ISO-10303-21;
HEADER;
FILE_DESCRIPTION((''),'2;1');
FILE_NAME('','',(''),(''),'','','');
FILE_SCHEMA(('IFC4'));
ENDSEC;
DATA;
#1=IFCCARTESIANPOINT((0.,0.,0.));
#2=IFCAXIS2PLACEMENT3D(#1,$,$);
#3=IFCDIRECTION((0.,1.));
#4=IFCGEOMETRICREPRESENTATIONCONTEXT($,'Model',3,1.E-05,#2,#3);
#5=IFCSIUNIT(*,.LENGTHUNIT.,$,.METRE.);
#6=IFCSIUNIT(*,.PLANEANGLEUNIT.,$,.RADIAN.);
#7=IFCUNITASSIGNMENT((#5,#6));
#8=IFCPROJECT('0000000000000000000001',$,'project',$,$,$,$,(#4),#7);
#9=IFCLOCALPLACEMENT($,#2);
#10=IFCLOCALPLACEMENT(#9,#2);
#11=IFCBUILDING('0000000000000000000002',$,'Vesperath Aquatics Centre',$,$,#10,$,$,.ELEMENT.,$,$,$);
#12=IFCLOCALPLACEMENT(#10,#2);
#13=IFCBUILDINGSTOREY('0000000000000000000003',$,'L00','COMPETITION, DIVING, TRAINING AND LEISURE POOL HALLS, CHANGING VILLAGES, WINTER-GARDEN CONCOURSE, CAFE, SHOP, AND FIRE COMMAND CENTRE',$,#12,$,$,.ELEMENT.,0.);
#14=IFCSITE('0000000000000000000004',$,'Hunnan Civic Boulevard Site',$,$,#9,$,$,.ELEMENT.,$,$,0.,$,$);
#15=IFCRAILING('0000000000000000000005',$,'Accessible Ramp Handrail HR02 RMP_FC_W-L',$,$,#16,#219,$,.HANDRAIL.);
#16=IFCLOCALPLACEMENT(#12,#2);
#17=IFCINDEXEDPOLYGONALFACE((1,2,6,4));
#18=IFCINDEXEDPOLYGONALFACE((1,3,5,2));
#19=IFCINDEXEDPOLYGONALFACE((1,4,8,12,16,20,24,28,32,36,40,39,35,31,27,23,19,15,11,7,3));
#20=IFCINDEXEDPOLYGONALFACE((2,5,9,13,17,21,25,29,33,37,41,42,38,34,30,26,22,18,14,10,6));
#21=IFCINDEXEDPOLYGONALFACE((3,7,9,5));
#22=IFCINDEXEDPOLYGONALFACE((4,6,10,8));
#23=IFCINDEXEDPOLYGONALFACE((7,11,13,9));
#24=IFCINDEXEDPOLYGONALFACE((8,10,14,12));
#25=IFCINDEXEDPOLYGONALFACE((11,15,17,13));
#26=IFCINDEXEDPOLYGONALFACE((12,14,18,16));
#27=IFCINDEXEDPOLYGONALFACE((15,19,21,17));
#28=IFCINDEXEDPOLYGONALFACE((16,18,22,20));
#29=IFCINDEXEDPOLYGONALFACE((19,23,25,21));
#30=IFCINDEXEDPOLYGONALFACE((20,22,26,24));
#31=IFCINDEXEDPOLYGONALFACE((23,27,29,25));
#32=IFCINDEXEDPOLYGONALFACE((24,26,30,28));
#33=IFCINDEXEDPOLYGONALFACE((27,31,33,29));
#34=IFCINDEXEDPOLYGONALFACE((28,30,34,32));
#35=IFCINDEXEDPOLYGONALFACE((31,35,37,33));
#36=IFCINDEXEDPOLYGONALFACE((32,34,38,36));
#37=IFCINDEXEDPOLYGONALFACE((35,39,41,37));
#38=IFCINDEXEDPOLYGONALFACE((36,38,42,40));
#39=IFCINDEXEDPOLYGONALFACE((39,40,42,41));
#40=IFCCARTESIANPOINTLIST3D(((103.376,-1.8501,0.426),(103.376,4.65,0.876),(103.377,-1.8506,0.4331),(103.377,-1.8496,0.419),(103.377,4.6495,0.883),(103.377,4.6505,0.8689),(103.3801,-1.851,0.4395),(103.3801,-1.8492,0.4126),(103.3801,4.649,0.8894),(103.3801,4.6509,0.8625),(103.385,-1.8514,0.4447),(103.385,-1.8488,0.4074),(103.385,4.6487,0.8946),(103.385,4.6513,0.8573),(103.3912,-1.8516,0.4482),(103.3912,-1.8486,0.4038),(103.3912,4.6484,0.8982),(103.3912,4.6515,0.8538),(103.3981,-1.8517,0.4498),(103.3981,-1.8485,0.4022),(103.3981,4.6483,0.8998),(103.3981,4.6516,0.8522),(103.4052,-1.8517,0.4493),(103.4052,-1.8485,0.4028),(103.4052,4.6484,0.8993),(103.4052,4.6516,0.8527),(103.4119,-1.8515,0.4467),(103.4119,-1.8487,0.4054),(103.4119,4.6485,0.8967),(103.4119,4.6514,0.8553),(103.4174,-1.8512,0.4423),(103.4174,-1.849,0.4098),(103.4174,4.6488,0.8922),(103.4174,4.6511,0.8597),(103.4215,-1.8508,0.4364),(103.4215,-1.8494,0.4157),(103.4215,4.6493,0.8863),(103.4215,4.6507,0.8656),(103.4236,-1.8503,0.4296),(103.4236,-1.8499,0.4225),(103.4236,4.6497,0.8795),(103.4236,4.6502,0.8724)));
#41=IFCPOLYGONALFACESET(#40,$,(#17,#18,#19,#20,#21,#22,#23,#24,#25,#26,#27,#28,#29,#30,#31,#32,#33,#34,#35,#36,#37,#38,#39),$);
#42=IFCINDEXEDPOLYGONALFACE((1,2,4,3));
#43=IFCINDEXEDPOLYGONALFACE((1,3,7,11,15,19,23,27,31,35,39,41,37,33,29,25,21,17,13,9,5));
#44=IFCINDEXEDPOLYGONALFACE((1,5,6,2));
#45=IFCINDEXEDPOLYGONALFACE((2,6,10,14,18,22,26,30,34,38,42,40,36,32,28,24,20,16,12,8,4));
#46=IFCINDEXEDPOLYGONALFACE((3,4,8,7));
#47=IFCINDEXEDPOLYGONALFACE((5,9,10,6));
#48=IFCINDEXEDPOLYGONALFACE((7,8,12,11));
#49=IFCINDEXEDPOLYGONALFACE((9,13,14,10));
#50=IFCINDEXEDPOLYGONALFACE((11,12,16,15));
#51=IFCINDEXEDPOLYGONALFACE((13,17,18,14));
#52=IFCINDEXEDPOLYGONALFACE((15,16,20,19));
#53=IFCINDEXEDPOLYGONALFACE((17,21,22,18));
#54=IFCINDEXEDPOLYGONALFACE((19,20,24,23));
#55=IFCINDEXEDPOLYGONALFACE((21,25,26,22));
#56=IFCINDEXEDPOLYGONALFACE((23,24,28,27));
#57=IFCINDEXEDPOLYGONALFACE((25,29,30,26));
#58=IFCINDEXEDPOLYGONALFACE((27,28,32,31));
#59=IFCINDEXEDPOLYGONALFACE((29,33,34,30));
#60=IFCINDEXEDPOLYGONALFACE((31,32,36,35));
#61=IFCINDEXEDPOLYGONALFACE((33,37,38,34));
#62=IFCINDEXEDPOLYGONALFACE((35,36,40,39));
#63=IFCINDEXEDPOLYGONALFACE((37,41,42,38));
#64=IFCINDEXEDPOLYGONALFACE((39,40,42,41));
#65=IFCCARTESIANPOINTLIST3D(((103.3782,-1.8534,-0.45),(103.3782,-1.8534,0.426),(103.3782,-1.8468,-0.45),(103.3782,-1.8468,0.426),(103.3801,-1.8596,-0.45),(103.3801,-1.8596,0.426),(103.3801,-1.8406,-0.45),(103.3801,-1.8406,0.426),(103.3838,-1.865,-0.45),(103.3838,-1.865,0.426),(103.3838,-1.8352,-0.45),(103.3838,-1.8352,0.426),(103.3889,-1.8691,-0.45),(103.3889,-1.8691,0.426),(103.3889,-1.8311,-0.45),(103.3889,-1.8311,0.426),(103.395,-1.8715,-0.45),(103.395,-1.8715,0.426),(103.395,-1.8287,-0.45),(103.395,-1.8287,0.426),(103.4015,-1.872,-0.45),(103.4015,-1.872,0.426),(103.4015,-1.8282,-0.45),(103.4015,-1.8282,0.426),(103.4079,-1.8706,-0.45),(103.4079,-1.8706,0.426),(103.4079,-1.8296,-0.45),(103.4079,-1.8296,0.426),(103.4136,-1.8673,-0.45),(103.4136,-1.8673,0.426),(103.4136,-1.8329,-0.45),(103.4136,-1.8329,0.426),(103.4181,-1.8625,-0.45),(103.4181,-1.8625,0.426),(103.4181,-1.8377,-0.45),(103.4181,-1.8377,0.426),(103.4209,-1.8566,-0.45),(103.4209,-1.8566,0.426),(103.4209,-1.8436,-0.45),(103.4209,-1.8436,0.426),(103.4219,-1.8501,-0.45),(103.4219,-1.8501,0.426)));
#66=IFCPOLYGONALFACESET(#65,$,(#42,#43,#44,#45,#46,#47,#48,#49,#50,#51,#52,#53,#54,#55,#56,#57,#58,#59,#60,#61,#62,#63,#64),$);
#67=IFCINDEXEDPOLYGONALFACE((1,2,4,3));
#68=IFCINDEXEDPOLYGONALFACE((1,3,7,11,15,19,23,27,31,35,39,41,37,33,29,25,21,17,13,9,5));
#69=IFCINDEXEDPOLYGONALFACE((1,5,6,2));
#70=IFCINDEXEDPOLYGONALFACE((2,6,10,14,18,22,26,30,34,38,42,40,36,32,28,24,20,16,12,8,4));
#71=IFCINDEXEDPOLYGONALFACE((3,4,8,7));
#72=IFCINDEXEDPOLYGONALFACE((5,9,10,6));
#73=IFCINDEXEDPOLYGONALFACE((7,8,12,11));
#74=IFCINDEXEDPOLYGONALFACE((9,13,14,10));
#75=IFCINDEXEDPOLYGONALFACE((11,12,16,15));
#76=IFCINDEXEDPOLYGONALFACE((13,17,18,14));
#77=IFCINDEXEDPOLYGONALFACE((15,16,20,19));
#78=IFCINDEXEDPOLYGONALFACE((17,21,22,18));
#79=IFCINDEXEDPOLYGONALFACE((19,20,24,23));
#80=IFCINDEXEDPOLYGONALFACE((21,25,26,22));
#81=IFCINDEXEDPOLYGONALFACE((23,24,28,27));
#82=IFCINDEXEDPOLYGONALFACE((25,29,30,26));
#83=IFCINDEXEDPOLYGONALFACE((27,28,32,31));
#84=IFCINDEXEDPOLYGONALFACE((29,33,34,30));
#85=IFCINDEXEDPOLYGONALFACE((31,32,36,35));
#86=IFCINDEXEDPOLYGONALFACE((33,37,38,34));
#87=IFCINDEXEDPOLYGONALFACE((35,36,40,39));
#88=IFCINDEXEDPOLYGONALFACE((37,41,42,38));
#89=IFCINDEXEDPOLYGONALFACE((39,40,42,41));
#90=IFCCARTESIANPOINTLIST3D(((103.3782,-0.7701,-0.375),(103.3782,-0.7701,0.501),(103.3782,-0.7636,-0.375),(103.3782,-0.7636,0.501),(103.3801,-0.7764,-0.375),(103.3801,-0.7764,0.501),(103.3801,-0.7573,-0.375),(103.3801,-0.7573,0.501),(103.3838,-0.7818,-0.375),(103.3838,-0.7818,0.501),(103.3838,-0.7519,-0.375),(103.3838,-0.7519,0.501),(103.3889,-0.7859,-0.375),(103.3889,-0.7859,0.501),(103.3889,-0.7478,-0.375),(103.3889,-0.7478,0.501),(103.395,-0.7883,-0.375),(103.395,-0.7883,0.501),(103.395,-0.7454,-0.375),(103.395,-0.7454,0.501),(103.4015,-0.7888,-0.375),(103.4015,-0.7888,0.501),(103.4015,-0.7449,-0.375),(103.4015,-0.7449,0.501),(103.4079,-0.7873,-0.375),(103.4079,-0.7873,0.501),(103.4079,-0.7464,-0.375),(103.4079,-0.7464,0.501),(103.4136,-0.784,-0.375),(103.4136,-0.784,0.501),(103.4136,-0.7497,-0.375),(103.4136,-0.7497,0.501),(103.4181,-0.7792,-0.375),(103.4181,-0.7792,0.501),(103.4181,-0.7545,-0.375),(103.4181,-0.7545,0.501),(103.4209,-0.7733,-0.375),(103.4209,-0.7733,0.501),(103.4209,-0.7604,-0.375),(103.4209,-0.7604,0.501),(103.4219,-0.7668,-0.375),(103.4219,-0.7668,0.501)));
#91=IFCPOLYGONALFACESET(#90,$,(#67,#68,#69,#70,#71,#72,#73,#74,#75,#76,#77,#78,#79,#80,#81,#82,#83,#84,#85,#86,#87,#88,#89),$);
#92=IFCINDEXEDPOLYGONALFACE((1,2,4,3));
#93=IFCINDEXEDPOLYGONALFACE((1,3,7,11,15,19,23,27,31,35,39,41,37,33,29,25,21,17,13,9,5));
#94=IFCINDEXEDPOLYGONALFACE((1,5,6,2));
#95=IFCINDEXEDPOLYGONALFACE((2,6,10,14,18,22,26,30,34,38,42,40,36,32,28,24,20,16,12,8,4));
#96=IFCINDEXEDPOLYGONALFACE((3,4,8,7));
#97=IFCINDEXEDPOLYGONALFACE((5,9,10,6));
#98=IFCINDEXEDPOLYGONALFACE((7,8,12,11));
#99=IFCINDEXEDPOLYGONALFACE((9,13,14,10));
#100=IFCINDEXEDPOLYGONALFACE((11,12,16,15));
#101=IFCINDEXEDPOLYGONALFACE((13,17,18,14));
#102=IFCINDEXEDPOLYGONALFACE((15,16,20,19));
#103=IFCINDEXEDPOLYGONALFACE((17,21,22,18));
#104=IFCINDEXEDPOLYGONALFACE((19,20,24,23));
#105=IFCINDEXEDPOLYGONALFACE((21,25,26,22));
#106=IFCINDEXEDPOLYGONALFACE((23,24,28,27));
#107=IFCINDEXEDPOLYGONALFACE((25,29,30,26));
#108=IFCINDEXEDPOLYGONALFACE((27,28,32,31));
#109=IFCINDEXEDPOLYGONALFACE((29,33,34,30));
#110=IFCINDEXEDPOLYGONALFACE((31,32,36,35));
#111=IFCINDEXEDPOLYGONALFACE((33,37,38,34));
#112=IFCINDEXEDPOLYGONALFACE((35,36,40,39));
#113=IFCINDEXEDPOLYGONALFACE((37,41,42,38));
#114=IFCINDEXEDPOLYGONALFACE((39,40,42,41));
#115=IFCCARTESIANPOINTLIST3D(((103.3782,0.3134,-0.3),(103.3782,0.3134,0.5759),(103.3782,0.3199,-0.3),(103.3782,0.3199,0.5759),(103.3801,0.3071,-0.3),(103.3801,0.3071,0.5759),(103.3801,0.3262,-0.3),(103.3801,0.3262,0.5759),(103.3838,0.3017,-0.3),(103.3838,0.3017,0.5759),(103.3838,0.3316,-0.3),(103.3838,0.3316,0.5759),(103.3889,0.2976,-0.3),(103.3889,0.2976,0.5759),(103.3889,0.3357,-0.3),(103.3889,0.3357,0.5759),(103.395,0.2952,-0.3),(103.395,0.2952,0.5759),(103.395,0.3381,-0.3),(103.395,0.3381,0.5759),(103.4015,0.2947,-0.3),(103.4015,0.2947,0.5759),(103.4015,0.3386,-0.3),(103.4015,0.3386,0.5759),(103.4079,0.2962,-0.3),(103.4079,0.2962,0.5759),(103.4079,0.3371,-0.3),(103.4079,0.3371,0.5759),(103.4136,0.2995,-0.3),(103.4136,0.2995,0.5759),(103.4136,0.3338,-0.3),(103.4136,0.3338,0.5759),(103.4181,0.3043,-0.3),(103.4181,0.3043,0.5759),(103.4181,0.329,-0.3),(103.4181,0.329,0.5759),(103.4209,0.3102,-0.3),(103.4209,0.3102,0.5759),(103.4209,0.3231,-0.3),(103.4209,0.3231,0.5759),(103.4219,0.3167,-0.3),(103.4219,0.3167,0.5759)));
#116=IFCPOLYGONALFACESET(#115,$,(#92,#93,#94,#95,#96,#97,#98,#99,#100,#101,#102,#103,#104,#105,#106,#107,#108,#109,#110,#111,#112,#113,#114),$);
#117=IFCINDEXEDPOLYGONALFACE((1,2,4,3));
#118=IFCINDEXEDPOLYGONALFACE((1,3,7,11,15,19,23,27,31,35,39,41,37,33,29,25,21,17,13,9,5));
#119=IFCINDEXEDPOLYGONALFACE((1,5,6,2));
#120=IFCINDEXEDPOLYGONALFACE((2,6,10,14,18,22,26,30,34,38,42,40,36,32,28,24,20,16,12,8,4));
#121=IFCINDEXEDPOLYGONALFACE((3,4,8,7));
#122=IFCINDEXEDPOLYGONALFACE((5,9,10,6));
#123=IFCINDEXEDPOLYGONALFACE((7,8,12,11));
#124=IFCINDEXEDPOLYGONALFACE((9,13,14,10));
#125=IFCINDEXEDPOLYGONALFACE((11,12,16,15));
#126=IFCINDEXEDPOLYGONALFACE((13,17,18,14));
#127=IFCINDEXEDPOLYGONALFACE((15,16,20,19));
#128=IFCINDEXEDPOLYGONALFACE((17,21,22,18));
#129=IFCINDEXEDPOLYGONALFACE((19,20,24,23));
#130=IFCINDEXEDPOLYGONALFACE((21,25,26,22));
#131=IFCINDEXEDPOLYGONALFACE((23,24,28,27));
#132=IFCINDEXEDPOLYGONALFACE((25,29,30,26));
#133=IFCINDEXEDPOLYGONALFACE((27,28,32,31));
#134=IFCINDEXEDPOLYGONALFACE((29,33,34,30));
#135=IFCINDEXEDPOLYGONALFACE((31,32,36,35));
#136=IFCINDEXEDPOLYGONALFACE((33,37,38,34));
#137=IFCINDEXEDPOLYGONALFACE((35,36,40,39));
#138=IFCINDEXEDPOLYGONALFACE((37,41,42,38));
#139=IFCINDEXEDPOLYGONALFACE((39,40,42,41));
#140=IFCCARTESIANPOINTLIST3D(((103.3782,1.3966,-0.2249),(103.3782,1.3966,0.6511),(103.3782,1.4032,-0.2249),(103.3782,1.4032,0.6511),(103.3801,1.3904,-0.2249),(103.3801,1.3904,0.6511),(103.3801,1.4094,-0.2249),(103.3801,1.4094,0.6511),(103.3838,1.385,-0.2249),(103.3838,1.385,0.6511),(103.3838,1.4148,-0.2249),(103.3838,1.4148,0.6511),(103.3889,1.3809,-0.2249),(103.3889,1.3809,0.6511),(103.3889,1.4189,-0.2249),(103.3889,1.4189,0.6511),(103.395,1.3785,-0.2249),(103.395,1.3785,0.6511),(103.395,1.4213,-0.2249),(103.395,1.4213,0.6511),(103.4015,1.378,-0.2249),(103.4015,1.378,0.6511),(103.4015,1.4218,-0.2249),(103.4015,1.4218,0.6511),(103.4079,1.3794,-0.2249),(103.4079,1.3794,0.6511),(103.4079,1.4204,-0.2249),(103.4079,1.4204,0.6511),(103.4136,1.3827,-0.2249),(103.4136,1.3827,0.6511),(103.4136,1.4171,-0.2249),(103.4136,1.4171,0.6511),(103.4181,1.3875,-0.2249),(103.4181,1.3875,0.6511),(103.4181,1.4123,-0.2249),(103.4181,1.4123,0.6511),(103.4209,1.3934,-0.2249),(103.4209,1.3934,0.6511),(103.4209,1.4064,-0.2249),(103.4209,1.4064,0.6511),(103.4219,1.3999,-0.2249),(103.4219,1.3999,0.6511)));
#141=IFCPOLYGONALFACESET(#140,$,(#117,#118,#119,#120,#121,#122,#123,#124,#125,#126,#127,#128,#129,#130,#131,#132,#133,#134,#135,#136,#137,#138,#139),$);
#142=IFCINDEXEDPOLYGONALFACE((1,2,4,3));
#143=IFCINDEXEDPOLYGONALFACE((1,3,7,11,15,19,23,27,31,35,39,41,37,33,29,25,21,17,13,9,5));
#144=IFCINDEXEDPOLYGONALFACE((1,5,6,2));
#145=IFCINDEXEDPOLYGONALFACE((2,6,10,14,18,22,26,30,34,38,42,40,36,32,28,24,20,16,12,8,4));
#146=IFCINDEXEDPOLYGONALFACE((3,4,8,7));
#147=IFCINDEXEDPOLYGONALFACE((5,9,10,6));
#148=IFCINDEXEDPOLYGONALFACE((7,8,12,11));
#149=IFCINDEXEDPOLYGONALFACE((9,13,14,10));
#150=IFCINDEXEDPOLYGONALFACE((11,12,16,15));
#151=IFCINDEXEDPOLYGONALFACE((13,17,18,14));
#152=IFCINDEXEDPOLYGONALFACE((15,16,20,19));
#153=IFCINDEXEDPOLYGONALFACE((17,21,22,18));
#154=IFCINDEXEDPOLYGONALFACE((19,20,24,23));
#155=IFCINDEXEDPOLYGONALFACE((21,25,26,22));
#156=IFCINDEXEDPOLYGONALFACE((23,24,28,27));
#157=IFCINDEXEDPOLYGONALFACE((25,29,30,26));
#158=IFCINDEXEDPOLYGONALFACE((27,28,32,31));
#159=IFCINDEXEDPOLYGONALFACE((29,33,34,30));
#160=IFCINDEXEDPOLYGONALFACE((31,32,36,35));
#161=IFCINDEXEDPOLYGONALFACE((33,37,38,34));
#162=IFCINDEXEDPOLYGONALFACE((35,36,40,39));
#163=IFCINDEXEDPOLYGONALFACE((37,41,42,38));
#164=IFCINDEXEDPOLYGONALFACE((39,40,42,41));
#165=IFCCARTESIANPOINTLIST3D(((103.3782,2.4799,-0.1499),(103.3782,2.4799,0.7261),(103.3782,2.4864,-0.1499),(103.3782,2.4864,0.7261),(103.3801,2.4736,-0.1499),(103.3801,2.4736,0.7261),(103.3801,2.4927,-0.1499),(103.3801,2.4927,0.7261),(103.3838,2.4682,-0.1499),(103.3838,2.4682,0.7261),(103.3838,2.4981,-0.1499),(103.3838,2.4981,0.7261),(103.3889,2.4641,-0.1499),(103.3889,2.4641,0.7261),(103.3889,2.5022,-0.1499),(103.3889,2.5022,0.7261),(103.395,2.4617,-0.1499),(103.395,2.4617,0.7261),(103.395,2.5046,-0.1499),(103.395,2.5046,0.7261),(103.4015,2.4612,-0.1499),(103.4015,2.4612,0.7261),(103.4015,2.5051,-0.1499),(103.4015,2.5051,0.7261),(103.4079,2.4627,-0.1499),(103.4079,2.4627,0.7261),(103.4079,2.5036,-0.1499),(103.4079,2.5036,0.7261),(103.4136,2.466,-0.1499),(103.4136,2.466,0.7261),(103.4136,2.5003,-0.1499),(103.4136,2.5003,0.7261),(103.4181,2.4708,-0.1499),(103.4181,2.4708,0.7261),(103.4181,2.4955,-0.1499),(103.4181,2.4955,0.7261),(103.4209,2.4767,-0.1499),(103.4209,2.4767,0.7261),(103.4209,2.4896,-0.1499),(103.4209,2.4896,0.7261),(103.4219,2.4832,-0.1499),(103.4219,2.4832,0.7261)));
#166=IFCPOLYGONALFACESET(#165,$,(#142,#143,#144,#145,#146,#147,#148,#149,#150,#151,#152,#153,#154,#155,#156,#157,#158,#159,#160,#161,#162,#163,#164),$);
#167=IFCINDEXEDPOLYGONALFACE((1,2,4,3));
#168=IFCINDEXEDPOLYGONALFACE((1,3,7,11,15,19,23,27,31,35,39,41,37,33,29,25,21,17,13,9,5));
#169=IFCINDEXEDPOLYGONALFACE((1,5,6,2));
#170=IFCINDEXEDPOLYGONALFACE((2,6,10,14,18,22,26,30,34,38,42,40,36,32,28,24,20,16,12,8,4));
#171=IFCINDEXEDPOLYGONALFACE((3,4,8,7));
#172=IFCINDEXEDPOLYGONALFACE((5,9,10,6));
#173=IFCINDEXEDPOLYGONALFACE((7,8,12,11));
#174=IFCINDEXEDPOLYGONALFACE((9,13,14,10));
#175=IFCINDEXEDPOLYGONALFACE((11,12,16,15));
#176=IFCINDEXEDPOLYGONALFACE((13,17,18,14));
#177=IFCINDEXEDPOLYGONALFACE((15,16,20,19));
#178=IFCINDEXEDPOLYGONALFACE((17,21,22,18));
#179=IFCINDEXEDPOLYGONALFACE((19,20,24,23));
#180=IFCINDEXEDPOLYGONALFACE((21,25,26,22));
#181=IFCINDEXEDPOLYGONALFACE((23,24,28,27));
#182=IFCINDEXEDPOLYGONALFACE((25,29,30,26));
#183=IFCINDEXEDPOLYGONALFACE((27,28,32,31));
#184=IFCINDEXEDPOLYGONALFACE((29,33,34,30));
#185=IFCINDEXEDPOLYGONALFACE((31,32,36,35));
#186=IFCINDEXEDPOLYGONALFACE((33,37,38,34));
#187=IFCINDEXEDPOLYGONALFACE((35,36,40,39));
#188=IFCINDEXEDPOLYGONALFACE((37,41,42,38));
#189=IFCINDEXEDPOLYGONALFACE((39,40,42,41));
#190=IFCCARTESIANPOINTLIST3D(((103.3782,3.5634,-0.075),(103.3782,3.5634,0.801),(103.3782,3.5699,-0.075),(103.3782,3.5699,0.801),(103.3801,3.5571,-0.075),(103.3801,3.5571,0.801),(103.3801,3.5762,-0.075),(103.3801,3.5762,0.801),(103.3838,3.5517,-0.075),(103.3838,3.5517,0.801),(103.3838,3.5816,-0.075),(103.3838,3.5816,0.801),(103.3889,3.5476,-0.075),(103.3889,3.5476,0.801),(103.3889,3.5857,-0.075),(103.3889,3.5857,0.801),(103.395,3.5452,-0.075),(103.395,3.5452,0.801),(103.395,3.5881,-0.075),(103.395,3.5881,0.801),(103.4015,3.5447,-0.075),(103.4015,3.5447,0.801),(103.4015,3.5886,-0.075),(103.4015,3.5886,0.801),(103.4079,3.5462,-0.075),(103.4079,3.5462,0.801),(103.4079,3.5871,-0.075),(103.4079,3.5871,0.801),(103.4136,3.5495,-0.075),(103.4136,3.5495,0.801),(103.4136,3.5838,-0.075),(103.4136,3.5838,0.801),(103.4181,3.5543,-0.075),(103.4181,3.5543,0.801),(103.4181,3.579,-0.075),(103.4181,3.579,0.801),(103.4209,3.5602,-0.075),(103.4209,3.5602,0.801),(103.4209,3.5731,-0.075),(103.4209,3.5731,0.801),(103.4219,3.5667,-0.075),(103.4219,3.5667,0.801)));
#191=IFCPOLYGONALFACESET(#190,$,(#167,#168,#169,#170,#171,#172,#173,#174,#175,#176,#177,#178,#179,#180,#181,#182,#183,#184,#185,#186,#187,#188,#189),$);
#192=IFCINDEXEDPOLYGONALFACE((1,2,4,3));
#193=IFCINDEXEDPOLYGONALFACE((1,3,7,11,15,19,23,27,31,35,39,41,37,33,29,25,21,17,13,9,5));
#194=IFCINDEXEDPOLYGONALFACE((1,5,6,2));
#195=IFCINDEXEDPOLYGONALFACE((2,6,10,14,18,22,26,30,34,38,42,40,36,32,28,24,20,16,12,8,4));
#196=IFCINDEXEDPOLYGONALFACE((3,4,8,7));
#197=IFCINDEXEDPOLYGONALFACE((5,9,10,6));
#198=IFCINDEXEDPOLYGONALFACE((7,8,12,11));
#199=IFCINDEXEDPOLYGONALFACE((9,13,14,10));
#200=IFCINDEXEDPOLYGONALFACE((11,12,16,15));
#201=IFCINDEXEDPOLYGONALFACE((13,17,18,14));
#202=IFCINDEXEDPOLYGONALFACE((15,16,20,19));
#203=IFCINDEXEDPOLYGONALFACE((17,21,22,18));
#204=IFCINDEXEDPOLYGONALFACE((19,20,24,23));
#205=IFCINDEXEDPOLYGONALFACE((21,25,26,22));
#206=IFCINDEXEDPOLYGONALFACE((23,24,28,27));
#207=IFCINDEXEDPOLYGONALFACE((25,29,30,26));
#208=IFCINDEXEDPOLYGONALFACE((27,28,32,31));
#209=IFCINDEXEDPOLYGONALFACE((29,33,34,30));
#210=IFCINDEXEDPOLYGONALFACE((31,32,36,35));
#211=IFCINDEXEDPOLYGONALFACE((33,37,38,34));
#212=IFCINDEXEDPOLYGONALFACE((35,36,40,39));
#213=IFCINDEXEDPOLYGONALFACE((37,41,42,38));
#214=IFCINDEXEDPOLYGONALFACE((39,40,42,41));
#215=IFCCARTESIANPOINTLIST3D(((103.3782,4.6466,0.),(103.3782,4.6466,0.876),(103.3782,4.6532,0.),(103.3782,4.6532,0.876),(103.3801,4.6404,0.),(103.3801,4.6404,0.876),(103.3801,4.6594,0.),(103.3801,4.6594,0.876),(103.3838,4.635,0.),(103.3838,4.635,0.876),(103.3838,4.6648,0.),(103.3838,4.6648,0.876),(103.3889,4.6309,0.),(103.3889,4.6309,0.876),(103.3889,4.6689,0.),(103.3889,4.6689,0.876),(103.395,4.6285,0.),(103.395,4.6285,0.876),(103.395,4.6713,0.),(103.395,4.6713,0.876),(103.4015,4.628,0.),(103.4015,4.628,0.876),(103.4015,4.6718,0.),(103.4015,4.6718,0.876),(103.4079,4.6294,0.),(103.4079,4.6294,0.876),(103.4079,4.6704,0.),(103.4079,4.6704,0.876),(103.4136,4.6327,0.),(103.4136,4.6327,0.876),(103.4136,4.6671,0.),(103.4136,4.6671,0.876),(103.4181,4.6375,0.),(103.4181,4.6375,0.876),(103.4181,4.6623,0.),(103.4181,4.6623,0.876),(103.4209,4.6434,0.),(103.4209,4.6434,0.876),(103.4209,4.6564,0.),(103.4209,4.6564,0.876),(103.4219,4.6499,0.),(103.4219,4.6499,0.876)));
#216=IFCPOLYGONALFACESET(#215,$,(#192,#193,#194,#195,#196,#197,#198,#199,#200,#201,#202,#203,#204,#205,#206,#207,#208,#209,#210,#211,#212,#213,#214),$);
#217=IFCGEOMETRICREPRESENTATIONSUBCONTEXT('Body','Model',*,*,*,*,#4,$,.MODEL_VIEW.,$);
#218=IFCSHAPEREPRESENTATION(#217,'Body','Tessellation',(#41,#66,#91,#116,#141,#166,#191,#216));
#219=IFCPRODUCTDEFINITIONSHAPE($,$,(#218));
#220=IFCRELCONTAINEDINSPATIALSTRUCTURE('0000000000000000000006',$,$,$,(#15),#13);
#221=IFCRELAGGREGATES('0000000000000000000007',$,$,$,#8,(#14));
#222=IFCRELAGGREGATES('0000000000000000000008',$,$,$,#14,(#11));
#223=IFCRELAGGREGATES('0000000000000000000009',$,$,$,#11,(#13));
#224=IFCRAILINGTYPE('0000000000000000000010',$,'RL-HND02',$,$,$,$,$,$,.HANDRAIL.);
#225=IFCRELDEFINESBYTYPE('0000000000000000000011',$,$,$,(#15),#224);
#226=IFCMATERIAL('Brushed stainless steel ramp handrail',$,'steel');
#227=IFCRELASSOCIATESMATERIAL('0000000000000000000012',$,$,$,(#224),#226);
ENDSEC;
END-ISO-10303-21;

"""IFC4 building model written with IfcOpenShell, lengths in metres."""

from ifc_helpers import new_model, si_unit, direction, frame, origin, origin_2d, place, context, subcontext, project, spatial, circle, extrude, material, type_object, element, save


model = new_model("IFC4")

# Units and contexts
model_context = context("Model", 3, precision=1e-05, world=origin(), true_north=direction((0.0, 1.0)))
body_context = subcontext(model_context, "Body", "Model", "MODEL_VIEW")
ifc_project = project(units=[si_unit("LENGTHUNIT", "METRE"), si_unit("PLANEANGLEUNIT", "RADIAN")], contexts=[model_context])

# Site, building, storey
site_placement = place(None, origin())
site = spatial("IfcSite", under=ifc_project, at=site_placement, Name="Hunnan Civic Boulevard Site", CompositionType="ELEMENT", RefElevation=0.0)
building_placement = place(site_placement, origin())
building = spatial("IfcBuilding", under=site, at=building_placement, Name="Vesperath Aquatics Centre", CompositionType="ELEMENT")
storey_placement = place(building_placement, origin())
storey = spatial("IfcBuildingStorey", under=building, at=storey_placement, Name="L00", Description="COMPETITION, DIVING, TRAINING AND LEISURE POOL HALLS, CHANGING VILLAGES, WINTER-GARDEN CONCOURSE, CAFE, SHOP, AND FIRE COMMAND CENTRE", CompositionType="ELEMENT", Elevation=0.0)

# Railing
ifc_material_1 = material(Name="Brushed stainless steel ramp handrail", Category="steel")
railing_type = type_object("IfcRailingType", Name="RL-HND02", PredefinedType="HANDRAIL", material=ifc_material_1)
for number, where, name in (
    (1, (103.3999, -1.8501, -0.45), "Accessible Ramp Handrail HR02 RMP_FC_W-L"),
):
    element("IfcRailing", number, at=place(storey_placement, frame(where)), inside=storey, type_object=railing_type, Name=name, PredefinedType="HANDRAIL", context=body_context, shape_type="SweptSolid", body=[
        extrude(circle(Radius=0.0239, at=origin_2d()), frame((0.0, 0.0, 0.876), z_axis=(0.0, 0.997613, 0.069058), x_axis=(-1.0, 0.0, 0.0)), (0.0, 0.0, 1.0), 6.5156),
        extrude(circle(Radius=0.022, at=origin_2d()), origin(), (0.0, 0.0, 1.0), 0.876),
        extrude(circle(Radius=0.022, at=origin_2d()), frame((0.0, 1.0833, 0.075)), (0.0, 0.0, 1.0), 0.876),
        extrude(circle(Radius=0.022, at=origin_2d()), frame((0.0, 2.1667, 0.1499)), (0.0, 0.0, 1.0), 0.876),
        extrude(circle(Radius=0.022, at=origin_2d()), frame((0.0, 3.25, 0.2251)), (0.0, 0.0, 1.0), 0.876),
        extrude(circle(Radius=0.022, at=origin_2d()), frame((0.0, 4.3333, 0.3)), (0.0, 0.0, 1.0), 0.876),
        extrude(circle(Radius=0.022, at=origin_2d()), frame((0.0, 5.4167, 0.375)), (0.0, 0.0, 1.0), 0.876),
        extrude(circle(Radius=0.022, at=origin_2d()), frame((0.0, 6.5, 0.45)), (0.0, 0.0, 1.0), 0.876),
    ])

save(model, "model.ifc")
